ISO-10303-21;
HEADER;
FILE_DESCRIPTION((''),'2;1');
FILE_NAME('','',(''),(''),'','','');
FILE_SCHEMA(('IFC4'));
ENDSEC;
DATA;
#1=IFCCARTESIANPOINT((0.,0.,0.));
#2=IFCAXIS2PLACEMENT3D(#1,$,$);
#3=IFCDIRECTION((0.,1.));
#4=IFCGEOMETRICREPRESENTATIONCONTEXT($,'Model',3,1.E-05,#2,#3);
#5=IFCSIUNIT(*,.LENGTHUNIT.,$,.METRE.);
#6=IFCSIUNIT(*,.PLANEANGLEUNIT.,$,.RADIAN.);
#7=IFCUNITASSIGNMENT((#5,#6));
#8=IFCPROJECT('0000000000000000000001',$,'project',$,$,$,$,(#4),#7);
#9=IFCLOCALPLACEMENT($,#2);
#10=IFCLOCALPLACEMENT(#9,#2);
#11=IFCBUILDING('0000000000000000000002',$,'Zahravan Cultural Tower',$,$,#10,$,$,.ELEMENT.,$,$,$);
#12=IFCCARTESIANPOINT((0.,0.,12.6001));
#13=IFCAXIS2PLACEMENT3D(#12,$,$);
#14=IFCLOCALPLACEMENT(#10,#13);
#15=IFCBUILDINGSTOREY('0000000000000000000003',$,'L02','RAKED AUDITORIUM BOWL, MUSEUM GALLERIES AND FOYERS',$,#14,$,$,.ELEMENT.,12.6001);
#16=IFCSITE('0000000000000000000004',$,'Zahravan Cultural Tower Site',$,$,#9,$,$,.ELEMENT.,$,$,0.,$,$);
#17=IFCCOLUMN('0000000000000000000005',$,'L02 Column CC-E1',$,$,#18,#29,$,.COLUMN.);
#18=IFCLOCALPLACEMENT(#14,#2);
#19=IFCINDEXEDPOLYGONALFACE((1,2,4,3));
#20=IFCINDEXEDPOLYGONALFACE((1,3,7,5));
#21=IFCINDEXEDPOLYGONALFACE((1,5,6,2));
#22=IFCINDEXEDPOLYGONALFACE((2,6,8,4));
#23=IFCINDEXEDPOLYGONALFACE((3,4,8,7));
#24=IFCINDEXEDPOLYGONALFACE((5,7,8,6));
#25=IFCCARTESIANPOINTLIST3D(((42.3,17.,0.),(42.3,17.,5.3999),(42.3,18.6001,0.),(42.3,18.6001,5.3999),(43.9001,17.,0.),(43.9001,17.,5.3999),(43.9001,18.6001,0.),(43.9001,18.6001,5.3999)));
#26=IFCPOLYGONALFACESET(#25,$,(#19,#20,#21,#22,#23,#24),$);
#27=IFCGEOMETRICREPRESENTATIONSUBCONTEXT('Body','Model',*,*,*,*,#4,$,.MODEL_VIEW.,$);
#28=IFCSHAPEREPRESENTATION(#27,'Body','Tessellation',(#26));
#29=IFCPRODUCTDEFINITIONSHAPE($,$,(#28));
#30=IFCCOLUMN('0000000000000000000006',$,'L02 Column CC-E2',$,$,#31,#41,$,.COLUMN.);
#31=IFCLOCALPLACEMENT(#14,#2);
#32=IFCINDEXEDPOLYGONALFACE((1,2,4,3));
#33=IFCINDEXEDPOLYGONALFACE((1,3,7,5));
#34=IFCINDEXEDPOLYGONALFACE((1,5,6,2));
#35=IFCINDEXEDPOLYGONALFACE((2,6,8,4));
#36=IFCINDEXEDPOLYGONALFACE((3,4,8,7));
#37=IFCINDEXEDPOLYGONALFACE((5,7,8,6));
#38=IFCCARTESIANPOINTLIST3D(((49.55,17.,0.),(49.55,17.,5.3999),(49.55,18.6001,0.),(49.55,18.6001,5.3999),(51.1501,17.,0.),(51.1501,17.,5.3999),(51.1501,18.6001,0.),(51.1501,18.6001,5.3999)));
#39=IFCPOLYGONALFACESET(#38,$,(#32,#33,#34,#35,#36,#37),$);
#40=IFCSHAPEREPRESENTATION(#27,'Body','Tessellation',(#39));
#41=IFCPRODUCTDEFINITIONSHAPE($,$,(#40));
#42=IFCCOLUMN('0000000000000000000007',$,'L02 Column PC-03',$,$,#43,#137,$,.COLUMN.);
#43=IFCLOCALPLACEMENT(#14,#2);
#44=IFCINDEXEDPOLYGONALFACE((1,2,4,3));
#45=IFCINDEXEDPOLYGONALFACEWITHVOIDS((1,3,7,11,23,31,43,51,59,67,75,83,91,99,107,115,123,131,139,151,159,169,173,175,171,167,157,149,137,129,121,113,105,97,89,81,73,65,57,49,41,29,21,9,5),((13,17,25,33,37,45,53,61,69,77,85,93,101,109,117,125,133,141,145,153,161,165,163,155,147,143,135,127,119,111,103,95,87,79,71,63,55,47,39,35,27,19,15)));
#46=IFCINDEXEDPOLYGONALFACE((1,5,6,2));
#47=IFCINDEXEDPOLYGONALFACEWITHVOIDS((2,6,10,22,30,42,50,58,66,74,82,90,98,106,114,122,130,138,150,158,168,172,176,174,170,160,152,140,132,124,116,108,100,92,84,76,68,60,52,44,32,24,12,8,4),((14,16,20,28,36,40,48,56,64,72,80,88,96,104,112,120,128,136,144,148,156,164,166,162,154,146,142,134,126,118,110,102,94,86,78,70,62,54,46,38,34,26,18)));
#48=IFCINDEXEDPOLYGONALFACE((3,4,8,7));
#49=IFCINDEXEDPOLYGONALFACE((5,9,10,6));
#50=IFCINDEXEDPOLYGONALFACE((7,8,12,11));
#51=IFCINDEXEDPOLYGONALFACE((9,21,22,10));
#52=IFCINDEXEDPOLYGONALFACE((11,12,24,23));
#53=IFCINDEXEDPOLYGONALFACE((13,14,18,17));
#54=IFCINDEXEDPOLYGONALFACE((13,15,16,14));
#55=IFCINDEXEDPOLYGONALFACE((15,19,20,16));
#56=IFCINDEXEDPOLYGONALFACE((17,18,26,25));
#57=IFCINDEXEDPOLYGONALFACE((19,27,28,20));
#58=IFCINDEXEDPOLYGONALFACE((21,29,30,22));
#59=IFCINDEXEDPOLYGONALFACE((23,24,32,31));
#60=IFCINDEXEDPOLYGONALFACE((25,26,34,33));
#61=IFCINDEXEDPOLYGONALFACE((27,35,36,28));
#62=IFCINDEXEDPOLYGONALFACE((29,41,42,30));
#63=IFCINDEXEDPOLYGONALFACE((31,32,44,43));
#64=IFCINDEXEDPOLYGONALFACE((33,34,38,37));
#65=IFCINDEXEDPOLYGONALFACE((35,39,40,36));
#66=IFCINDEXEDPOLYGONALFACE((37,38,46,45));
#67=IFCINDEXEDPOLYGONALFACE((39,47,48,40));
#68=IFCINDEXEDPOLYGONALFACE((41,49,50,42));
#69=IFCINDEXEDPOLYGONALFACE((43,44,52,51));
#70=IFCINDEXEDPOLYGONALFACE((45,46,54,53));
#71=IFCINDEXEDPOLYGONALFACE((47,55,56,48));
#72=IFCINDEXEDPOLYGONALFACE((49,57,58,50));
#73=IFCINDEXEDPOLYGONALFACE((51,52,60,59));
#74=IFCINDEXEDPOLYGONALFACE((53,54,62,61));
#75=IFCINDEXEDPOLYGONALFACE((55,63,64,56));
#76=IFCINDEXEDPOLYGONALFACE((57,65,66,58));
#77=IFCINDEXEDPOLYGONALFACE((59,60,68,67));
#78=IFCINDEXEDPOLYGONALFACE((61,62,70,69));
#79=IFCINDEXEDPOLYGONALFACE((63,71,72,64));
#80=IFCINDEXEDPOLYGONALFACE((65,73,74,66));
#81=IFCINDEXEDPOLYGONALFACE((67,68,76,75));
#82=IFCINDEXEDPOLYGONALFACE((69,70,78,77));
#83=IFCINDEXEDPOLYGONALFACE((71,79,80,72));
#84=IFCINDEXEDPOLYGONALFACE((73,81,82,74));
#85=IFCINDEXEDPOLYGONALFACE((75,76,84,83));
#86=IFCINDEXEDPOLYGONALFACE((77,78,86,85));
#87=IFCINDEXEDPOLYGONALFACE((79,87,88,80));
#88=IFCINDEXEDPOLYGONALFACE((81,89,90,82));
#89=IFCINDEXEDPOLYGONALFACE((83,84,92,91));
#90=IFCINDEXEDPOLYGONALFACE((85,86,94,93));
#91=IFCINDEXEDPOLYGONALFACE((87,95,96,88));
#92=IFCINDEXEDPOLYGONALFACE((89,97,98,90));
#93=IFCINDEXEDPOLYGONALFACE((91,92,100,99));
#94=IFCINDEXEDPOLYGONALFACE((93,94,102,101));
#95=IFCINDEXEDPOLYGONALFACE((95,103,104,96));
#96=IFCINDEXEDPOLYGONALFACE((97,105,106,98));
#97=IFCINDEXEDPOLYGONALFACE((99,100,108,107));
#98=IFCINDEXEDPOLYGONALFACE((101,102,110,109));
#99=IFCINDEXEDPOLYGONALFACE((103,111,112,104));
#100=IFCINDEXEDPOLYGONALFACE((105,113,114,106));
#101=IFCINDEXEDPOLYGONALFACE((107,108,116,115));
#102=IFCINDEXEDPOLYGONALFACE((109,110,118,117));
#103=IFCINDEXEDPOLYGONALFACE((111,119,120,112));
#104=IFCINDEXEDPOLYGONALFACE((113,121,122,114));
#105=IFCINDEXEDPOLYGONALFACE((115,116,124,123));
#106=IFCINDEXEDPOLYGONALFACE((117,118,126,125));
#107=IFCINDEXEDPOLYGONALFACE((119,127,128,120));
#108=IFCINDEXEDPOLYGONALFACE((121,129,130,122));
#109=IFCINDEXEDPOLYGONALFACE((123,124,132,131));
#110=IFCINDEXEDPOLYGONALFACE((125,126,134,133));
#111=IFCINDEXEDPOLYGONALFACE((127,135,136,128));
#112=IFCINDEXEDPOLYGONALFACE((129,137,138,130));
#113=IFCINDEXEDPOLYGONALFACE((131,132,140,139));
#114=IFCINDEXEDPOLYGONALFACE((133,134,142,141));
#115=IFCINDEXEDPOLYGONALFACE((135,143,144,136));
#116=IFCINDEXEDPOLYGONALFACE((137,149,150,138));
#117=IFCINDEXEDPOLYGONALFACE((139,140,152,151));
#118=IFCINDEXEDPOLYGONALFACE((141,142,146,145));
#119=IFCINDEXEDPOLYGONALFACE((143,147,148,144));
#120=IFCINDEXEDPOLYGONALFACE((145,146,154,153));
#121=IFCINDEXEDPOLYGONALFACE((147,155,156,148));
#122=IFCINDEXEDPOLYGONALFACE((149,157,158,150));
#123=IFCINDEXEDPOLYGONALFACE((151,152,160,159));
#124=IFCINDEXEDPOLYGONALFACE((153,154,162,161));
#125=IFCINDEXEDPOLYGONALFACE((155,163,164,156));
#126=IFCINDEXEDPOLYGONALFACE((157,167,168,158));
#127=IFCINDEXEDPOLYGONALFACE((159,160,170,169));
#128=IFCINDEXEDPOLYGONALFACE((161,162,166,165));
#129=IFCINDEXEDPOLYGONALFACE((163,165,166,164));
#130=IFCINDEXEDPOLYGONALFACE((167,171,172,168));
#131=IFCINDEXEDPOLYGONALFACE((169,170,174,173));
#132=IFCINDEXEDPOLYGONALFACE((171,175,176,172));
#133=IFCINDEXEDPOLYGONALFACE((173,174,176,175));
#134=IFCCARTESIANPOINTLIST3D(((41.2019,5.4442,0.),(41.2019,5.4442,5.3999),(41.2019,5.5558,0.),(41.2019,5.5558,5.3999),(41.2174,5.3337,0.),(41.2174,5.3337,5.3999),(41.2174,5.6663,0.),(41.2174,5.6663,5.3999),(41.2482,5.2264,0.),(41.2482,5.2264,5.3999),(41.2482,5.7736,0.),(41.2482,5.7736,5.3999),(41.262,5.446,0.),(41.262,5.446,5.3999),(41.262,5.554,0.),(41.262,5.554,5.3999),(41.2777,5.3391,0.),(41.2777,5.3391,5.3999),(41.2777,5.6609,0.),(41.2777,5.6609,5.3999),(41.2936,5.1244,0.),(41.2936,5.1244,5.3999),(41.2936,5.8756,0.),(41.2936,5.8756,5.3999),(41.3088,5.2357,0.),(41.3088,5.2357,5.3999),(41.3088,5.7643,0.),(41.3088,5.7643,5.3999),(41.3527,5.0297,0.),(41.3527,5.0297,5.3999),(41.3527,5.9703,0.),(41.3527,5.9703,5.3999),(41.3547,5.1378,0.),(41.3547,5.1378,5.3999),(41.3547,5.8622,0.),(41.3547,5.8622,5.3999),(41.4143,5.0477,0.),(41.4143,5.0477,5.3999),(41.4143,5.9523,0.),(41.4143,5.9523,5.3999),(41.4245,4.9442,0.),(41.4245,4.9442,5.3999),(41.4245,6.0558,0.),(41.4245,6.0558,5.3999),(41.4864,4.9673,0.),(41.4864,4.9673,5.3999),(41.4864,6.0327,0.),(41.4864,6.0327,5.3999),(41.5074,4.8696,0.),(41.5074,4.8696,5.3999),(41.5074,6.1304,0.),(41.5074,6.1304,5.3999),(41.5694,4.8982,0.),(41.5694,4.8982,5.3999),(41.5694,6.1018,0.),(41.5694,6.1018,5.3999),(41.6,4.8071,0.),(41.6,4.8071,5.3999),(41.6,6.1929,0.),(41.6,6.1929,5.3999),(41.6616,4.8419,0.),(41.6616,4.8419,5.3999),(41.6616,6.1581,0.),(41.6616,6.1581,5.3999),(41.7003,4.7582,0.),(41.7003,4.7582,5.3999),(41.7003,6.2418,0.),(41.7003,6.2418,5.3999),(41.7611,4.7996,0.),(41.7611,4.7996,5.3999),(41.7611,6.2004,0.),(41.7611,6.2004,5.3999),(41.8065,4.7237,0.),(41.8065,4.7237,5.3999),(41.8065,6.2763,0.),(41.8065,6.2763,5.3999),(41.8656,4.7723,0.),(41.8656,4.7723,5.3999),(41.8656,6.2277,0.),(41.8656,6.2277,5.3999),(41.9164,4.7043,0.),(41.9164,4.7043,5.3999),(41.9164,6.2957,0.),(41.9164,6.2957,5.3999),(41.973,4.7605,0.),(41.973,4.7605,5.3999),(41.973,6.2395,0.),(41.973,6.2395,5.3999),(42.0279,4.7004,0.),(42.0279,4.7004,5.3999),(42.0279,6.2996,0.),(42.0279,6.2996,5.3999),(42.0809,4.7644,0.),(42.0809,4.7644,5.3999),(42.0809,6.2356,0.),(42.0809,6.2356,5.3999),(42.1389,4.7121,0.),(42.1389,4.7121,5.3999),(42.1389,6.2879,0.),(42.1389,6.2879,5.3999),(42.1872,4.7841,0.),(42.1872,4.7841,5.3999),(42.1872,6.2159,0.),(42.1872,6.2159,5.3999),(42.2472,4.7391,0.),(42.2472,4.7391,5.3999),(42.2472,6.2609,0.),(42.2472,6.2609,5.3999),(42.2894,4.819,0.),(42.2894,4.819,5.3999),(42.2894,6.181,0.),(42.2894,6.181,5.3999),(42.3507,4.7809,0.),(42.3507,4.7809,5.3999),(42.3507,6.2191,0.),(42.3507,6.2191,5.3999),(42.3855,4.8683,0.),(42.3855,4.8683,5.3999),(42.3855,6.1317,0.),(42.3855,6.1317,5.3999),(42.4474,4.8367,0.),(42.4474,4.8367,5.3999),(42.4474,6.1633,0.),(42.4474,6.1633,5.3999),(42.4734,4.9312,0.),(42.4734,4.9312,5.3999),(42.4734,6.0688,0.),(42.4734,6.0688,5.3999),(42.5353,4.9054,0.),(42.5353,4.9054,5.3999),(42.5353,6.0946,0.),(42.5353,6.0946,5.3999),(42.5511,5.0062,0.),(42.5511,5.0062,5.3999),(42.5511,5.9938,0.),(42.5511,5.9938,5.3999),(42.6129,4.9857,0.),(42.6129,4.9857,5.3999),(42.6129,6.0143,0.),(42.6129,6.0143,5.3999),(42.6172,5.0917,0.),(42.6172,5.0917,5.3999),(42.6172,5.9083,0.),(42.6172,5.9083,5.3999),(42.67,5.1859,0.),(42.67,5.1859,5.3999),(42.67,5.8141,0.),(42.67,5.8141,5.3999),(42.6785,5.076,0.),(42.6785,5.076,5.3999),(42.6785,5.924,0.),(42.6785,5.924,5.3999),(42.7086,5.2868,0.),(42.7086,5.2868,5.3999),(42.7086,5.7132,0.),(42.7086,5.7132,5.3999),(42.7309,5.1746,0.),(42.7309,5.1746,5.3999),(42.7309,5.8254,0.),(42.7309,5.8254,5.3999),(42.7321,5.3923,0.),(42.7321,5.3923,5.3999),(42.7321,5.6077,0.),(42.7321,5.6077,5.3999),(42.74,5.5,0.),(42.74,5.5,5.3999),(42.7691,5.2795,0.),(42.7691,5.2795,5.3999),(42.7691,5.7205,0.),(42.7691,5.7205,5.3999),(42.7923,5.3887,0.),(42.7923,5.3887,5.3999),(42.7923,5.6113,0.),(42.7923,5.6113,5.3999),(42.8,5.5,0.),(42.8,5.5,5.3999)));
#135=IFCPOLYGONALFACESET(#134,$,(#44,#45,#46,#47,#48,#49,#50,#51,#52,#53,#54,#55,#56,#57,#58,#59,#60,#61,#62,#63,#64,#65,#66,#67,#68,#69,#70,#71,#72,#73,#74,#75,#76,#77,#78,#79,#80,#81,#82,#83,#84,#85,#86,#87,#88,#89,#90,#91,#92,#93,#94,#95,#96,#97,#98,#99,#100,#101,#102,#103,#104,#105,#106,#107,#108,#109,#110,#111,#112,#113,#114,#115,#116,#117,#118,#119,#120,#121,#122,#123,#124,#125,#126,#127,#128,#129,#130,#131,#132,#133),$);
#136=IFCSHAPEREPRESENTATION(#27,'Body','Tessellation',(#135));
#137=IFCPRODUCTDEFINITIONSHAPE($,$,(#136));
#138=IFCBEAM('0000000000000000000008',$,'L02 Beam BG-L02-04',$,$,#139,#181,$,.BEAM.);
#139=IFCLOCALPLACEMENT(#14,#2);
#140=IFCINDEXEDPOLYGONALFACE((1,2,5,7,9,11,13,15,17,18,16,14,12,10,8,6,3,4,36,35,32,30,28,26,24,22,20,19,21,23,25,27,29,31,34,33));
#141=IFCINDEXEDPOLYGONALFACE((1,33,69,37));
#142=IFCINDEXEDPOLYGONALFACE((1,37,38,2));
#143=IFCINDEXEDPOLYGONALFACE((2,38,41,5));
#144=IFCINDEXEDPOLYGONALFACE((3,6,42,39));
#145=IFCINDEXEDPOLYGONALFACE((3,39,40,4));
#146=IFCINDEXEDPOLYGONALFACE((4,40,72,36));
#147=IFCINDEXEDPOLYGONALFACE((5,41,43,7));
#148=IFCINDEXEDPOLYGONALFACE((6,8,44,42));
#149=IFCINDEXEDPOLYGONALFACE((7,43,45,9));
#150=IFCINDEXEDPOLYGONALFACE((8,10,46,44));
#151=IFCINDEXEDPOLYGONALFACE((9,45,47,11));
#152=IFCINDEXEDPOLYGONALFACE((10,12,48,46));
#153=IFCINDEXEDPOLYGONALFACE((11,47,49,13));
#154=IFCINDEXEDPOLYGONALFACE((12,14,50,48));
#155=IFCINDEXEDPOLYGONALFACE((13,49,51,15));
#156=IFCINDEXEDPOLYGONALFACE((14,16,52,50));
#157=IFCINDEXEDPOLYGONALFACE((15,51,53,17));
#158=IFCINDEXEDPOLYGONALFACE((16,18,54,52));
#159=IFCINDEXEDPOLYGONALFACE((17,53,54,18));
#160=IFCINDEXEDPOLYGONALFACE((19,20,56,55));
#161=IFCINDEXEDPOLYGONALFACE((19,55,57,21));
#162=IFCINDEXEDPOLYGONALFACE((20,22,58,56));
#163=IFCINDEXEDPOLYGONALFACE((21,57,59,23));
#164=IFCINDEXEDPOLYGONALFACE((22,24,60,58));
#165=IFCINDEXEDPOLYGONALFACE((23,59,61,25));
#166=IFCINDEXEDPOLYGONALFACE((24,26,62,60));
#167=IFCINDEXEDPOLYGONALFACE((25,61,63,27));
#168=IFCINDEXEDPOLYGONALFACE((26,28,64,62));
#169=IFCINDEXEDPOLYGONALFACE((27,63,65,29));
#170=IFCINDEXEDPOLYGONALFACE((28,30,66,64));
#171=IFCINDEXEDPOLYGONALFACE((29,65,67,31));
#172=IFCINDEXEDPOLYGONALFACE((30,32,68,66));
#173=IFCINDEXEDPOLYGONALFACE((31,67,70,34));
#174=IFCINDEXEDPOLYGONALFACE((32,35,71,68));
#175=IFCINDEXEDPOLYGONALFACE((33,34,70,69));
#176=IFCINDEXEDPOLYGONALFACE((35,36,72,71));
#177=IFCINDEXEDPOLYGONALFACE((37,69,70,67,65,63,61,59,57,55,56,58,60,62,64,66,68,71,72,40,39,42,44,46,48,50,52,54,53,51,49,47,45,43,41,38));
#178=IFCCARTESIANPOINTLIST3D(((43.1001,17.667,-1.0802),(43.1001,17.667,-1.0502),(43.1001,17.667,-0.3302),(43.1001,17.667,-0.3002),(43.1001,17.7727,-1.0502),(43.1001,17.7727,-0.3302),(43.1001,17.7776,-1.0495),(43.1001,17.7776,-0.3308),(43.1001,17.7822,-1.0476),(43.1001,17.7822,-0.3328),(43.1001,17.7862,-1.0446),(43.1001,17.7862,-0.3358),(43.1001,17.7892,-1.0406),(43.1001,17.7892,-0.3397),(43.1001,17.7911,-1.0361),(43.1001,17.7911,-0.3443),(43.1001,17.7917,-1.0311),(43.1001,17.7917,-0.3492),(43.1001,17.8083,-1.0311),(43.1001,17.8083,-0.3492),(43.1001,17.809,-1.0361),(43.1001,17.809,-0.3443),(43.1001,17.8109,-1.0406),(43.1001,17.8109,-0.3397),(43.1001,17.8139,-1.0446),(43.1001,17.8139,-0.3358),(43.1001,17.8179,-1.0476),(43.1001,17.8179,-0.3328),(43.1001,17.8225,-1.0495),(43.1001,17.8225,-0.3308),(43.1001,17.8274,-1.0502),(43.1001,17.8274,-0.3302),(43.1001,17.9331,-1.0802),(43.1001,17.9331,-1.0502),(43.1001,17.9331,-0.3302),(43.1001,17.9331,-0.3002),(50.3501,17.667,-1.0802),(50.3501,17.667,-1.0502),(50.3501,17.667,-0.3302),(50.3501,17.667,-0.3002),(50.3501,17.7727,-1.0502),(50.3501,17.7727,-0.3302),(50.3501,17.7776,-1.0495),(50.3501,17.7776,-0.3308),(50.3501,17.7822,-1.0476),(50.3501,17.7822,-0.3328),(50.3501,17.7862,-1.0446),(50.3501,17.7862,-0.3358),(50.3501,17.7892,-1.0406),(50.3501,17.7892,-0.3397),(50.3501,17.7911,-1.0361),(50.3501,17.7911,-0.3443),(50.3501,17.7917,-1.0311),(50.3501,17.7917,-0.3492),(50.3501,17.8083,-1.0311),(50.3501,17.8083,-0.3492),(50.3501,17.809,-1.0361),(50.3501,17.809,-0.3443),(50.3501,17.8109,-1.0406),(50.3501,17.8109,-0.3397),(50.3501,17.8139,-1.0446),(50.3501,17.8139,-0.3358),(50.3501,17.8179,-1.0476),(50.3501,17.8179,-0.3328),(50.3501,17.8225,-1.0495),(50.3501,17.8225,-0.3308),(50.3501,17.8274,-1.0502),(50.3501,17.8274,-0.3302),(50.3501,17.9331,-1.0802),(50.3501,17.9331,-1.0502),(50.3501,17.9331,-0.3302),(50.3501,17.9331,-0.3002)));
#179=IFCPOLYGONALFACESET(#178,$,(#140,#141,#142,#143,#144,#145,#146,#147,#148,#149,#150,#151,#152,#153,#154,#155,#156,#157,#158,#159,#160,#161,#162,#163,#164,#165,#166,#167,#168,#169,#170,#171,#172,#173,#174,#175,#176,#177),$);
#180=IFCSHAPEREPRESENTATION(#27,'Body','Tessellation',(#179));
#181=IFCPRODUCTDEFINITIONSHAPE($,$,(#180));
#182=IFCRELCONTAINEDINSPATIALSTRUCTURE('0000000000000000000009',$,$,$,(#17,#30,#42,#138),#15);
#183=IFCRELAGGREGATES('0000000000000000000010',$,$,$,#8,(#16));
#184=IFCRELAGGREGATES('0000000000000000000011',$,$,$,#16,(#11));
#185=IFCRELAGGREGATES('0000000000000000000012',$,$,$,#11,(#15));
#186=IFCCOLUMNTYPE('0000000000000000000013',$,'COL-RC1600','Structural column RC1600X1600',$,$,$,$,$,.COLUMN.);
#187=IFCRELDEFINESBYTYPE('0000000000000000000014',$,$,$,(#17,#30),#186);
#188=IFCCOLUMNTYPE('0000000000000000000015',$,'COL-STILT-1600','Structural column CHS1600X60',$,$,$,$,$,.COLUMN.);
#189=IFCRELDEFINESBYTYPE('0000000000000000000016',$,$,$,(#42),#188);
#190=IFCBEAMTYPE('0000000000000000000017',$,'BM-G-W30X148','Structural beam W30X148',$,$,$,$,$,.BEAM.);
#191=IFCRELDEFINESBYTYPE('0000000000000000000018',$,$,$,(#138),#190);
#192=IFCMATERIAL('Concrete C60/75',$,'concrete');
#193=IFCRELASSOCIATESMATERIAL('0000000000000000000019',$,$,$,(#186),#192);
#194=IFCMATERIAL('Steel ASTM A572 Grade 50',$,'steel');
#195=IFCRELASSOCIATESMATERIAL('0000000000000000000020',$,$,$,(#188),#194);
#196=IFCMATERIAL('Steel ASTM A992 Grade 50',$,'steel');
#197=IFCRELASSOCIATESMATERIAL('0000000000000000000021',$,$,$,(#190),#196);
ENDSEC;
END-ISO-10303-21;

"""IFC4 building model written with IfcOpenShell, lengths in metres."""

from ifc_helpers import new_model, si_unit, direction, frame, origin, origin_2d, place, context, subcontext, project, spatial, rectangle, hollow_circle, i_section, extrude, source, transform, mapped, material, material_profile, profile_set, type_object, element, save


model = new_model("IFC4")

# Units and contexts
model_context = context("Model", 3, precision=1e-05, world=origin(), true_north=direction((0.0, 1.0)))
body_context = subcontext(model_context, "Body", "Model", "MODEL_VIEW")
ifc_project = project(units=[si_unit("LENGTHUNIT", "METRE"), si_unit("PLANEANGLEUNIT", "RADIAN")], contexts=[model_context])

# Site, building, storey
site_placement = place(None, origin())
site = spatial("IfcSite", under=ifc_project, at=site_placement, Name="Zahravan Cultural Tower Site", CompositionType="ELEMENT", RefElevation=0.0)
building_placement = place(site_placement, origin())
building = spatial("IfcBuilding", under=site, at=building_placement, Name="Zahravan Cultural Tower", CompositionType="ELEMENT")
storey_placement = place(building_placement, frame((0.0, 0.0, 12.6001)))
storey = spatial("IfcBuildingStorey", under=building, at=storey_placement, Name="L02", Description="RAKED AUDITORIUM BOWL, MUSEUM GALLERIES AND FOYERS", CompositionType="ELEMENT", Elevation=12.6001)

# Columns
ifc_material_1 = material(Name="Concrete C60/75", Category="concrete")
ifc_material_profile_1 = material_profile(ifc_material_1, rectangle(XDim=1.6001, YDim=1.6001, at=origin_2d()), Name="RC1600X1600")
ifc_profile_set_1 = profile_set([ifc_material_profile_1], Name="Concrete C60/75")
column_type_1 = type_object("IfcColumnType", Name="COL-RC1600", Description="Structural column RC1600X1600", PredefinedType="COLUMN", material=ifc_profile_set_1)
shared_shape_1 = source(origin(), body_context, "Body", "SweptSolid", [
    extrude(rectangle(XDim=1.6001, YDim=1.6001, at=origin_2d()), origin(), (0.0, 0.0, 1.0), 5.3999),
])
for number, where, z_axis, x_axis, name in (
    (1, (43.1001, 17.8, 0.0), (0.0, 0.0, 1.0), (1.0, 0.0, 0.0), "L02 Column CC-E1"),
    (2, (50.3501, 17.8, 0.0), (0.0, 0.0, 1.0), (1.0, 0.0, 0.0), "L02 Column CC-E2"),
):
    element("IfcColumn", number, at=place(storey_placement, frame(where, z_axis=z_axis, x_axis=x_axis)), inside=storey, type_object=column_type_1, Name=name, PredefinedType="COLUMN", context=body_context, shape_type="MappedRepresentation", body=[
        mapped(shared_shape_1, transform((0.0, 0.0, 0.0), x_axis=(1.0, 0.0, 0.0), y_axis=(0.0, 1.0, 0.0), z_axis=(0.0, 0.0, 1.0), scale=1.0)),
    ])
ifc_material_2 = material(Name="Steel ASTM A572 Grade 50", Category="steel")
ifc_material_profile_2 = material_profile(ifc_material_2, hollow_circle(Radius=0.8, WallThickness=0.0601, at=origin_2d()), Name="CHS1600X60")
ifc_profile_set_2 = profile_set([ifc_material_profile_2], Name="Steel ASTM A572 Grade 50")
column_type_2 = type_object("IfcColumnType", Name="COL-STILT-1600", Description="Structural column CHS1600X60", PredefinedType="COLUMN", material=ifc_profile_set_2)
shared_shape_2 = source(origin(), body_context, "Body", "SweptSolid", [
    extrude(hollow_circle(Radius=0.8, WallThickness=0.0601, at=origin_2d()), origin(), (0.0, 0.0, 1.0), 5.3999),
])
column_placement = place(storey_placement, frame((42.0, 5.5, 0.0), z_axis=(0.0, 0.0, 1.0), x_axis=(1.0, 0.0, 0.0)))
element("IfcColumn", 3, at=column_placement, inside=storey, type_object=column_type_2, Name="L02 Column PC-03", PredefinedType="COLUMN", context=body_context, shape_type="MappedRepresentation", body=[
    mapped(shared_shape_2, transform((0.0, 0.0, 0.0), x_axis=(1.0, 0.0, 0.0), y_axis=(0.0, 1.0, 0.0), z_axis=(0.0, 0.0, 1.0), scale=1.0)),
])

# Beam
ifc_material_3 = material(Name="Steel ASTM A992 Grade 50", Category="steel")
ifc_material_profile_3 = material_profile(ifc_material_3, i_section(OverallWidth=0.2661, OverallDepth=0.78, WebThickness=0.0166, FlangeThickness=0.03, FilletRadius=0.019, at=origin_2d()), Name="W30X148")
ifc_profile_set_3 = profile_set([ifc_material_profile_3], Name="Steel ASTM A992 Grade 50")
beam_type_1 = type_object("IfcBeamType", Name="BM-G-W30X148", Description="Structural beam W30X148", PredefinedType="BEAM", material=ifc_profile_set_3)
shared_shape_3 = source(origin(), body_context, "Body", "SweptSolid", [
    extrude(i_section(OverallWidth=0.2661, OverallDepth=0.78, WebThickness=0.0166, FlangeThickness=0.03, FilletRadius=0.019, at=origin_2d()), origin(), (0.0, 0.0, 1.0), 7.25),
])
beam_1_placement = place(storey_placement, frame((43.1001, 17.8, -0.6902), z_axis=(1.0, 0.0, 0.0), x_axis=(0.0, 1.0, 0.0)))
element("IfcBeam", 4, at=beam_1_placement, inside=storey, type_object=beam_type_1, Name="L02 Beam BG-L02-04", PredefinedType="BEAM", context=body_context, shape_type="MappedRepresentation", body=[
    mapped(shared_shape_3, transform((0.0, 0.0, 0.0), x_axis=(1.0, 0.0, 0.0), y_axis=(0.0, 1.0, 0.0), z_axis=(0.0, 0.0, 1.0), scale=1.0)),
])

save(model, "model.ifc")
